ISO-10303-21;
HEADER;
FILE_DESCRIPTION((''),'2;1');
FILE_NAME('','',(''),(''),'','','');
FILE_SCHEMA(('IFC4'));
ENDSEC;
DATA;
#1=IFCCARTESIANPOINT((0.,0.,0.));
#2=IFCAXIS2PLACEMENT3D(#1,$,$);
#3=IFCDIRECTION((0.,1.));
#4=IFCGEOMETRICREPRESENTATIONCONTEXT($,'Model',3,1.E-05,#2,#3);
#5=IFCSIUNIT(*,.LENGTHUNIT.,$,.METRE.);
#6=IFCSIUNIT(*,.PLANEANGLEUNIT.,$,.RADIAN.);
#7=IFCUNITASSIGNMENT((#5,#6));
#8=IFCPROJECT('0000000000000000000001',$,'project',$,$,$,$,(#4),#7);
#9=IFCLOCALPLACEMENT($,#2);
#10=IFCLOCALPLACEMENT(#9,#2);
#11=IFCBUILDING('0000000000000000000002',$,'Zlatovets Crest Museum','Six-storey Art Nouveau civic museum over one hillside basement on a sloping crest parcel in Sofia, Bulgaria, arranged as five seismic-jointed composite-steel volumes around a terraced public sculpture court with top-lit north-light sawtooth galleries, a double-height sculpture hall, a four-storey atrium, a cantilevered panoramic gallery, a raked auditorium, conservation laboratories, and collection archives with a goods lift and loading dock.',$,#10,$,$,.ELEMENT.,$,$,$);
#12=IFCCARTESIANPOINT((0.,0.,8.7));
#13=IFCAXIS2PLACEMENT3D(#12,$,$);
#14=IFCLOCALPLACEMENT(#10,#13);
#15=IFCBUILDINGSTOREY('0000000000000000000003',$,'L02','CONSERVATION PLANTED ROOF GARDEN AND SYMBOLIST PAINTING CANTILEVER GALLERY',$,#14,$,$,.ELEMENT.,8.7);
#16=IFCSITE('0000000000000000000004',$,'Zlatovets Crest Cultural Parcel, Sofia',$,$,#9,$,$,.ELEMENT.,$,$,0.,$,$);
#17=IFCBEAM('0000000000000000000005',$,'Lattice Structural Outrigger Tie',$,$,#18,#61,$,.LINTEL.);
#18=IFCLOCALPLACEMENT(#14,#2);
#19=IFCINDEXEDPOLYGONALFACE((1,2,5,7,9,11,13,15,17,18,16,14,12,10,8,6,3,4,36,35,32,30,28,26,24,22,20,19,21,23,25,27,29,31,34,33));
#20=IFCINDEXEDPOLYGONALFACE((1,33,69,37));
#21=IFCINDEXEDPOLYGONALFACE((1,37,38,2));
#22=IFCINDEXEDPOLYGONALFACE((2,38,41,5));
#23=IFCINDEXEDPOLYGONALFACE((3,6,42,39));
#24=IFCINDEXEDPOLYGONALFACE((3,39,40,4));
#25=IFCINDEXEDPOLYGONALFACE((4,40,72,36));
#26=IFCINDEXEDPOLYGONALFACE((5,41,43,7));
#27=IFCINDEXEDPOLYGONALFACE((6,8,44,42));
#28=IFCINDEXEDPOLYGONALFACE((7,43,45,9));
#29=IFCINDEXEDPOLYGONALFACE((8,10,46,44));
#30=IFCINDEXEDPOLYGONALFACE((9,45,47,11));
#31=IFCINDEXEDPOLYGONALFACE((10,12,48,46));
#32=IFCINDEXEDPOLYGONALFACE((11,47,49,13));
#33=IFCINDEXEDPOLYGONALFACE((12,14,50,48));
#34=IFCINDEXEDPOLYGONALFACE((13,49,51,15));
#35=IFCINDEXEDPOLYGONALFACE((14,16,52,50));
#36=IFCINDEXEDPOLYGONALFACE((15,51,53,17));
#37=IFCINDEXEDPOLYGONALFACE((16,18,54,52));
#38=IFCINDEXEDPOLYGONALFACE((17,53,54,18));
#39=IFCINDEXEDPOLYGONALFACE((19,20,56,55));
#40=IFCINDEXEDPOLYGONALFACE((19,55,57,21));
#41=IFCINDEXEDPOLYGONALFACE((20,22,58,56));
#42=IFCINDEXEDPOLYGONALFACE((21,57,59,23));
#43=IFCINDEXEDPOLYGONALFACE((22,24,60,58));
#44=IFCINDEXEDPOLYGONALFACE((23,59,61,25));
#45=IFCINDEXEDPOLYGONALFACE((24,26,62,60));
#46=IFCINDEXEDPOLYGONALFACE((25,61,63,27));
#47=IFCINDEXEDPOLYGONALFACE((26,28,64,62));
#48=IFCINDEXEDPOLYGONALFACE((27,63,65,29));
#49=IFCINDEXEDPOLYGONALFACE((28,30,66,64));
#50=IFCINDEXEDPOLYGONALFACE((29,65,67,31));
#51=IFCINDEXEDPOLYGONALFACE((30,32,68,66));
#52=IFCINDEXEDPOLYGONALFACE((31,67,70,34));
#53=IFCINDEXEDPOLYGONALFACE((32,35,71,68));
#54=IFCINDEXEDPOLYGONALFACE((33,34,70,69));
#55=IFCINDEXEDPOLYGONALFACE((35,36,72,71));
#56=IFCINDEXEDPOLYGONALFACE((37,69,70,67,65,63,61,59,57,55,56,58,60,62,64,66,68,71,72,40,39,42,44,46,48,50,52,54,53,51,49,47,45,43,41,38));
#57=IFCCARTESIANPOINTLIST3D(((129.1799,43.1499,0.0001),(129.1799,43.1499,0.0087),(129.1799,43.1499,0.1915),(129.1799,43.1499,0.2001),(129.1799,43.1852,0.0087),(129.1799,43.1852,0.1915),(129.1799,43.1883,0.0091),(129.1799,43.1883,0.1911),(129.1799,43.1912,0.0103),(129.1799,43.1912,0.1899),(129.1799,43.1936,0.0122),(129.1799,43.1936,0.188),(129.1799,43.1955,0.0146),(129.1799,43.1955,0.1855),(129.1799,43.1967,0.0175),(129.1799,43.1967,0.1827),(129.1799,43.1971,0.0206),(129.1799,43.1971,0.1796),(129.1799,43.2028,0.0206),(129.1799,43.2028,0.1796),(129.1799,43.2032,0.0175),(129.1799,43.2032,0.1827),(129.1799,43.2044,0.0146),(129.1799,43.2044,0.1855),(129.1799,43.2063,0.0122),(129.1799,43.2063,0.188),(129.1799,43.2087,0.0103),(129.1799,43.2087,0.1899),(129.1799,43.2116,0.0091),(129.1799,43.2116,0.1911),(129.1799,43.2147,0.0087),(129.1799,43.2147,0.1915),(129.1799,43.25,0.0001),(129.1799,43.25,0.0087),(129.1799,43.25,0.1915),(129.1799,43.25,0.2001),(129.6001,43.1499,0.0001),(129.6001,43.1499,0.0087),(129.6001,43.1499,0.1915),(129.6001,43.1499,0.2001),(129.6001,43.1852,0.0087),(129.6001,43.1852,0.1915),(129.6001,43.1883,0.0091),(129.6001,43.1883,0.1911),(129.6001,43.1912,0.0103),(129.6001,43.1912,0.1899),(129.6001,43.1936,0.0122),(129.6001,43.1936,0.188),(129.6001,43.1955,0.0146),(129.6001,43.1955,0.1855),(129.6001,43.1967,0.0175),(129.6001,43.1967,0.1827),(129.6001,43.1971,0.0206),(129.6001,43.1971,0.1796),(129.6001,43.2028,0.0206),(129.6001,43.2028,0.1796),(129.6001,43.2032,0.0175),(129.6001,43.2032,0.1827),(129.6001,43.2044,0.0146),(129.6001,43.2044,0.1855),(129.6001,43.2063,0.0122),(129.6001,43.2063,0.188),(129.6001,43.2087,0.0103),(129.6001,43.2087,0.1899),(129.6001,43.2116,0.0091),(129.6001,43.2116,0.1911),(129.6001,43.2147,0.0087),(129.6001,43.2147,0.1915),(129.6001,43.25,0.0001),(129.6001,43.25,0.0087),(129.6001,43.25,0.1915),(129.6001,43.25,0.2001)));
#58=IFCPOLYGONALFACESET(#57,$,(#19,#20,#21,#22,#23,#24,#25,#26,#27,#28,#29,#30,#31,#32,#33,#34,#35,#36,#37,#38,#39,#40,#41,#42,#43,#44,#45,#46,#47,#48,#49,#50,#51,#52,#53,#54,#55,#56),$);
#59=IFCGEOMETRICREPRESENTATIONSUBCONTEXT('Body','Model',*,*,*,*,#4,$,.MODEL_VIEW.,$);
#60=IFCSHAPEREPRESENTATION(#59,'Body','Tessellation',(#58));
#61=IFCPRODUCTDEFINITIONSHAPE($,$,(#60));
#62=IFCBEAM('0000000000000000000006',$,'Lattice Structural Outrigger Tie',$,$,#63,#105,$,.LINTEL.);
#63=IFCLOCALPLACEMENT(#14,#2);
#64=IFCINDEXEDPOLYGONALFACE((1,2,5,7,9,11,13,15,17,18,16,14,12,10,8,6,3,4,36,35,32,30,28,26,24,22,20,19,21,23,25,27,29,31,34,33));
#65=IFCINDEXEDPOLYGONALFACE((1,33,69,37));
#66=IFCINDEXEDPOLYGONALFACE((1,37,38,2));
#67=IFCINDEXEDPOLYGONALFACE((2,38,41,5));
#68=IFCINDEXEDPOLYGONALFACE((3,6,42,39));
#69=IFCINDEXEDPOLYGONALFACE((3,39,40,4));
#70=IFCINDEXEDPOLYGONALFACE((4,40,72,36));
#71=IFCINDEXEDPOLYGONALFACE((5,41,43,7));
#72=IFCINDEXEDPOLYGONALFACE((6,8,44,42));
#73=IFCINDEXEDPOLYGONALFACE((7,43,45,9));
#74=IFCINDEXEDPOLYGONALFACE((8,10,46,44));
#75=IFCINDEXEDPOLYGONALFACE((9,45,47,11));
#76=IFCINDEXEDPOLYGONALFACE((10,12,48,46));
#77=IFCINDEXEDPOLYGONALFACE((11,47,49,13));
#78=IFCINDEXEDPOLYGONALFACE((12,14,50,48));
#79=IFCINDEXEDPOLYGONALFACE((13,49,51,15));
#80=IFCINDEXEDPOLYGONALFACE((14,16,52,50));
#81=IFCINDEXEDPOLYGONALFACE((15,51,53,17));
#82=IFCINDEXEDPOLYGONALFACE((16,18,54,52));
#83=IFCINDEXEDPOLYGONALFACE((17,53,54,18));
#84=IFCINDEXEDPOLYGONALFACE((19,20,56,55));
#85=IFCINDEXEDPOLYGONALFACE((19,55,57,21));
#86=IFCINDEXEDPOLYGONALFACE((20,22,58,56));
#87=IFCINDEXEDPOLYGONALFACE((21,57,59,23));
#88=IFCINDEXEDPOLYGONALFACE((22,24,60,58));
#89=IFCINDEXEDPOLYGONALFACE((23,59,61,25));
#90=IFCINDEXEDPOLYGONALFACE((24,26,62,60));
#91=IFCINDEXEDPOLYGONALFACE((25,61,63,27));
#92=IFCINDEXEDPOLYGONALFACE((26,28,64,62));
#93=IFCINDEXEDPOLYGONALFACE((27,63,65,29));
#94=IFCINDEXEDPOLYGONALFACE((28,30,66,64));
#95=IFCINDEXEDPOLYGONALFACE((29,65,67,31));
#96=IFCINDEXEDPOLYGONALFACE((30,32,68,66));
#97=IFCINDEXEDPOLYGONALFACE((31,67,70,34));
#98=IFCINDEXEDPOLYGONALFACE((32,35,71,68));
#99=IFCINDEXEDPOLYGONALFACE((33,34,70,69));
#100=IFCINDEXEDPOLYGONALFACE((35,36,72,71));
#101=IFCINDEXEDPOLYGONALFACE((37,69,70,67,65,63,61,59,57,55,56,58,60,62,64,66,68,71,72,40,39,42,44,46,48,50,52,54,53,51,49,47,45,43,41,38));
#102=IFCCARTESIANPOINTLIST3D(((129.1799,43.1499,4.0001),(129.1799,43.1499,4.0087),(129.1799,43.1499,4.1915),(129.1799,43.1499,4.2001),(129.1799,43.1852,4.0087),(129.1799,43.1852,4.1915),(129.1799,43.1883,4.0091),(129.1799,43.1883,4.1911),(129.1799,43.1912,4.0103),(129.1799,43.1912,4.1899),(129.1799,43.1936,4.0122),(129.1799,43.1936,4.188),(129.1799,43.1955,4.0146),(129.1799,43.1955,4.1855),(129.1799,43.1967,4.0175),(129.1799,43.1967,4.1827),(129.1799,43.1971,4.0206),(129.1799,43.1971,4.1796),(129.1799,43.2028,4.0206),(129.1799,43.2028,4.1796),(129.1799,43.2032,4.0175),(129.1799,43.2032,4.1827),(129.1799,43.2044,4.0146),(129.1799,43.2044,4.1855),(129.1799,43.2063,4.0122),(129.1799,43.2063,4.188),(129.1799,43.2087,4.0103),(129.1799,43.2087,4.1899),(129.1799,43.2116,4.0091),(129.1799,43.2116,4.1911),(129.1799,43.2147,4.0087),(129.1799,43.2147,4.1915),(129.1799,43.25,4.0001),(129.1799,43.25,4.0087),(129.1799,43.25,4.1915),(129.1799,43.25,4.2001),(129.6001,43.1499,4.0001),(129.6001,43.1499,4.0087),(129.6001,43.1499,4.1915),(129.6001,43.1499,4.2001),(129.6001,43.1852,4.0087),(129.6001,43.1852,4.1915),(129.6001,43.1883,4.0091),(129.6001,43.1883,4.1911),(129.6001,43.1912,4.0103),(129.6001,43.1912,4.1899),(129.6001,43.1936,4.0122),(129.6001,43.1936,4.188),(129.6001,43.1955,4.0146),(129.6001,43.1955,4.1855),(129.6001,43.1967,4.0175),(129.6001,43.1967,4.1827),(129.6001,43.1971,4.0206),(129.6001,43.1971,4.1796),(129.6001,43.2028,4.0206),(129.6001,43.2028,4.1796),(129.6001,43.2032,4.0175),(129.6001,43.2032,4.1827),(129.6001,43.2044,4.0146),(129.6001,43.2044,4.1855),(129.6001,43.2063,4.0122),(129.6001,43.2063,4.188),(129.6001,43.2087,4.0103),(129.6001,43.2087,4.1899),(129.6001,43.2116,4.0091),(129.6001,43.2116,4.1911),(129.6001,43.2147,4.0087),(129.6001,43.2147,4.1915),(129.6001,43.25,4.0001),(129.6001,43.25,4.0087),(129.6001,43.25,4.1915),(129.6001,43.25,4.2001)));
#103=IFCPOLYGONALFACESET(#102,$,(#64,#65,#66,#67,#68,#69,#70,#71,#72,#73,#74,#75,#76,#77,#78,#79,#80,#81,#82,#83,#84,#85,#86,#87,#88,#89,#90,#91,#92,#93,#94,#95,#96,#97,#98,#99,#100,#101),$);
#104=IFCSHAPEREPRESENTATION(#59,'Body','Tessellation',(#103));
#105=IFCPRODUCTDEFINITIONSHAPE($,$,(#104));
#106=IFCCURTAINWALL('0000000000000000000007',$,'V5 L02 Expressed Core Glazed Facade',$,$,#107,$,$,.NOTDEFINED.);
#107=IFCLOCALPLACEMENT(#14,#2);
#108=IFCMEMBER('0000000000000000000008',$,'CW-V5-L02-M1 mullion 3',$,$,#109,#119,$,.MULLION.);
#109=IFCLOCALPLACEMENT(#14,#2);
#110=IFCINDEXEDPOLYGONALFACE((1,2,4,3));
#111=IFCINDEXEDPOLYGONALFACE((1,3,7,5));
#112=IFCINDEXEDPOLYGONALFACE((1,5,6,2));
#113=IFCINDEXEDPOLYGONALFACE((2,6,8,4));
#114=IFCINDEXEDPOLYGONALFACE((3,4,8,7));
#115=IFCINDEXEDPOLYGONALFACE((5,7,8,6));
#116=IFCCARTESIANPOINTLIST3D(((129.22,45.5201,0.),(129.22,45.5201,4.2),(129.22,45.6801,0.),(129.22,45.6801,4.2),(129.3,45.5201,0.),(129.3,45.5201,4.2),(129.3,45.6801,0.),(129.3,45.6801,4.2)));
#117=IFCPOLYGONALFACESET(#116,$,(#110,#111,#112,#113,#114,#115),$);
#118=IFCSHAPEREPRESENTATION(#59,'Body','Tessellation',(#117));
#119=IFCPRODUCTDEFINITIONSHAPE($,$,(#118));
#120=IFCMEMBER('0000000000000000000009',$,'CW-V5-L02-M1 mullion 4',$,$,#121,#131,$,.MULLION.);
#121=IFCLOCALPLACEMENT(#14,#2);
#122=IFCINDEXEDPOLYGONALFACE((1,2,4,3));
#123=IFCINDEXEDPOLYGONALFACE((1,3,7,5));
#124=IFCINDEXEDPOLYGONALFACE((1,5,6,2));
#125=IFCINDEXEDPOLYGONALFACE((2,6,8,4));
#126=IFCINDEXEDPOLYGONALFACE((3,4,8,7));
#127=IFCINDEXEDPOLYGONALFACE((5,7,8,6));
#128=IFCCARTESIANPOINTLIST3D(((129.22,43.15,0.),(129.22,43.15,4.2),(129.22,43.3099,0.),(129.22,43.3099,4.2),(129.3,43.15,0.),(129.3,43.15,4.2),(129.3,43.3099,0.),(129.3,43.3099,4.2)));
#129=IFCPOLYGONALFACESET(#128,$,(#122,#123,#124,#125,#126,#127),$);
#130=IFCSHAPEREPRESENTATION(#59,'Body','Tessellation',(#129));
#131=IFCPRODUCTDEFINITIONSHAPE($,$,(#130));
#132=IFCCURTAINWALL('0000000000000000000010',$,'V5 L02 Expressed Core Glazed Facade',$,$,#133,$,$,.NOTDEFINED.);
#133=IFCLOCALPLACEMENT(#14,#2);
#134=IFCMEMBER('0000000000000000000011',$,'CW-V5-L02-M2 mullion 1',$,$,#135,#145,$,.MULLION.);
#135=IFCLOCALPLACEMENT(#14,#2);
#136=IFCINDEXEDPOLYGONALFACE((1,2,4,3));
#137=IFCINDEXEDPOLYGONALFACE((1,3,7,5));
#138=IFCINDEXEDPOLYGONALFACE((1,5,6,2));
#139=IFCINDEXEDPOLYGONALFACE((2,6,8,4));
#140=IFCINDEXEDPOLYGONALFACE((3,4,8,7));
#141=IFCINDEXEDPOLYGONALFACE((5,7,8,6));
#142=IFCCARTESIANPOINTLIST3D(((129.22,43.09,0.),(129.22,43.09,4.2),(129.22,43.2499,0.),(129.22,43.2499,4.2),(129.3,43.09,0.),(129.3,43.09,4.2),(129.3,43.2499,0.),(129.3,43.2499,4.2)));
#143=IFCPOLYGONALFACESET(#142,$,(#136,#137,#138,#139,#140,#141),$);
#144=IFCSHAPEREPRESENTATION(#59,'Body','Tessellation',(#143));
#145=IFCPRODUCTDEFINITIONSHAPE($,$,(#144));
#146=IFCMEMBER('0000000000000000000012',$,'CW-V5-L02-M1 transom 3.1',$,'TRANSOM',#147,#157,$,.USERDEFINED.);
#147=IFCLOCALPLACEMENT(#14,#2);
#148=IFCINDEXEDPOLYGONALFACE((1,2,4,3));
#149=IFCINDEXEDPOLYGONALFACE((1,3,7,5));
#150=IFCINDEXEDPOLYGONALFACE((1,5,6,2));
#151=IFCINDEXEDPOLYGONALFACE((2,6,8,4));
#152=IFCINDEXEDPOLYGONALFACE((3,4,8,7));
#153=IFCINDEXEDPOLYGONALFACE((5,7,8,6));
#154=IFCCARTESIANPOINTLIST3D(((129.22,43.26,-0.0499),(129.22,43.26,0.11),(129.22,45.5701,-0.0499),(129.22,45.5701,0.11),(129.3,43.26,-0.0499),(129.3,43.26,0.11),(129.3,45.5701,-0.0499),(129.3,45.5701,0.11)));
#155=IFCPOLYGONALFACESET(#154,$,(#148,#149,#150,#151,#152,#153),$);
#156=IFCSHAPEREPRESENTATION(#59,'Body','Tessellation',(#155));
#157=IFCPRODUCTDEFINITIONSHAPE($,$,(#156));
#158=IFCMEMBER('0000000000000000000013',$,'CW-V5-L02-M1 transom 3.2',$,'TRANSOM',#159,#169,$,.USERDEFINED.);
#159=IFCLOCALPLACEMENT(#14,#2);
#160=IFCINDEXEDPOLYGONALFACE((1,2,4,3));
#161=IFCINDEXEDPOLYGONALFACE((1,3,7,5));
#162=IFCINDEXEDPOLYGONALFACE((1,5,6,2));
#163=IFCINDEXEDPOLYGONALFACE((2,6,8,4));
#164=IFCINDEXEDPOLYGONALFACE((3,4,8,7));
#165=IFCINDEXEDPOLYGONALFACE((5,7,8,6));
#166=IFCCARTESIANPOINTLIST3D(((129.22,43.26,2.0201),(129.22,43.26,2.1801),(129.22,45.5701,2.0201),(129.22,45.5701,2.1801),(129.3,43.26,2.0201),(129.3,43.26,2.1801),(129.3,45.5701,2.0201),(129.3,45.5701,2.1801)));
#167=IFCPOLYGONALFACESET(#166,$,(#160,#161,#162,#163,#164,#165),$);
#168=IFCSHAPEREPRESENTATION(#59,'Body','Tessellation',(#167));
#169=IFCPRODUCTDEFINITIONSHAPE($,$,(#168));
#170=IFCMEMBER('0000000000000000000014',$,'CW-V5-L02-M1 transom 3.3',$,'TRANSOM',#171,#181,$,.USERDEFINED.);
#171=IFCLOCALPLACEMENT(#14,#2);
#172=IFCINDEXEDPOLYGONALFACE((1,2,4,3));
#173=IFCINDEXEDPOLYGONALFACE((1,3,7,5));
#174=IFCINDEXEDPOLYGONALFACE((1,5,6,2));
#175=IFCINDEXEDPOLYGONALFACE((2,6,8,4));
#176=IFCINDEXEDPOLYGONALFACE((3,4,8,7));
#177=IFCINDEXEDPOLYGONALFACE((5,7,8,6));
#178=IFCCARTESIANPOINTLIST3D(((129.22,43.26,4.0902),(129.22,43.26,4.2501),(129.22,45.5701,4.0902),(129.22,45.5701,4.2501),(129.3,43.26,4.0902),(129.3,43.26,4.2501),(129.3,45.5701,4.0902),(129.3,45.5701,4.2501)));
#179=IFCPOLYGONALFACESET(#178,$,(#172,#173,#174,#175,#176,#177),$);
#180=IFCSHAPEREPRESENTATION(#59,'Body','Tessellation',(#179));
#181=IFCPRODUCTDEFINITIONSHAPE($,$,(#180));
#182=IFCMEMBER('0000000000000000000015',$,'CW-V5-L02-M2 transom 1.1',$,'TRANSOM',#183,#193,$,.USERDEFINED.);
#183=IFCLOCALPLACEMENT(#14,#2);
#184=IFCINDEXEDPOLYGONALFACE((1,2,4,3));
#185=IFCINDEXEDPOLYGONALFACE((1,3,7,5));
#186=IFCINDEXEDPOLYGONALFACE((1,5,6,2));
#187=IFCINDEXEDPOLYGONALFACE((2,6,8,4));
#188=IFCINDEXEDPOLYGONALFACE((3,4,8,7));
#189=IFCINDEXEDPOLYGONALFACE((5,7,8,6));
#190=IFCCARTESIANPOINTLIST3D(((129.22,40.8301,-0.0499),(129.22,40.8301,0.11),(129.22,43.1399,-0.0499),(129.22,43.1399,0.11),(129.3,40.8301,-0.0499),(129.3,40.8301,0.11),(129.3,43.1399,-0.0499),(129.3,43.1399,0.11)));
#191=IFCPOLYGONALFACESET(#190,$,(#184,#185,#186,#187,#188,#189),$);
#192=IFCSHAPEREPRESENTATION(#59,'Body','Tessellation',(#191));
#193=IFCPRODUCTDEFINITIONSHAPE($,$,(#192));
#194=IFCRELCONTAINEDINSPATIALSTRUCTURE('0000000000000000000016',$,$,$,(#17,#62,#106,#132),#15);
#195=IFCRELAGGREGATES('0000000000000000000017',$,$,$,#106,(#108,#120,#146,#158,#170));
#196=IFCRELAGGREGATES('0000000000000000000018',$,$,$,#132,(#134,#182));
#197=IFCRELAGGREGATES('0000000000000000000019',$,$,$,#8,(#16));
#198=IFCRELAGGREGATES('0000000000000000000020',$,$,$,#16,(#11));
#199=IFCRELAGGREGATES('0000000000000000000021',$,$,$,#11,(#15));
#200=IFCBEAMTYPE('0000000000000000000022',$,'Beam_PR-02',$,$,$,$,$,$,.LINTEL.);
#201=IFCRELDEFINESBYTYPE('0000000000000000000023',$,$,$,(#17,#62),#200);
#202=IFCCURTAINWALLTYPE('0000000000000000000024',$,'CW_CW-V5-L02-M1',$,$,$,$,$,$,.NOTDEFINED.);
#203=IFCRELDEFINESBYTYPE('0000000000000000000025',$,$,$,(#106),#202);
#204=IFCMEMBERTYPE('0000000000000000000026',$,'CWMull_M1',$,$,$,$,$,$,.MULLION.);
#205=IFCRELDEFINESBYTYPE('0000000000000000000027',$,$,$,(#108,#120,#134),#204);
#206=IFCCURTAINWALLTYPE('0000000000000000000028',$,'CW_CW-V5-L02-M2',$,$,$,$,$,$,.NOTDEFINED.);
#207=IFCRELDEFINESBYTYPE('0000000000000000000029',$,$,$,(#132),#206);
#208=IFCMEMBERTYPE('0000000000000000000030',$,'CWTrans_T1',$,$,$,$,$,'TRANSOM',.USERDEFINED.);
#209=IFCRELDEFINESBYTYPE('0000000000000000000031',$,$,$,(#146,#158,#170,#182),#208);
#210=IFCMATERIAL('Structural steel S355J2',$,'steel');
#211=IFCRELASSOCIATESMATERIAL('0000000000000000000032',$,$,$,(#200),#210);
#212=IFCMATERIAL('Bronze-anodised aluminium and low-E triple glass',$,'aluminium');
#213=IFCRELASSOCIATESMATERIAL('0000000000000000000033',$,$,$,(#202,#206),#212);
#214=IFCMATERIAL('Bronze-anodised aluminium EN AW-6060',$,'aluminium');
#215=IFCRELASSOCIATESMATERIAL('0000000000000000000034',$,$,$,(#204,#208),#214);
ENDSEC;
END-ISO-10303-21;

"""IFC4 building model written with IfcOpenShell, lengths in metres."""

from ifc_helpers import new_model, si_unit, direction, frame, origin, origin_2d, place, context, subcontext, project, spatial, rectangle, i_section, extrude, material, material_profile, profile_set, type_object, element, aggregate, save


model = new_model("IFC4")

# Units and contexts
model_context = context("Model", 3, precision=1e-05, world=origin(), true_north=direction((0.0, 1.0)))
body_context = subcontext(model_context, "Body", "Model", "MODEL_VIEW")
ifc_project = project(units=[si_unit("LENGTHUNIT", "METRE"), si_unit("PLANEANGLEUNIT", "RADIAN")], contexts=[model_context])

# Site, building, storey
site_placement = place(None, origin())
site = spatial("IfcSite", under=ifc_project, at=site_placement, Name="Zlatovets Crest Cultural Parcel, Sofia", CompositionType="ELEMENT", RefElevation=0.0)
building_placement = place(site_placement, origin())
building = spatial("IfcBuilding", under=site, at=building_placement, Name="Zlatovets Crest Museum", Description="Six-storey Art Nouveau civic museum over one hillside basement on a sloping crest parcel in Sofia, Bulgaria, arranged as five seismic-jointed composite-steel volumes around a terraced public sculpture court with top-lit north-light sawtooth galleries, a double-height sculpture hall, a four-storey atrium, a cantilevered panoramic gallery, a raked auditorium, conservation laboratories, and collection archives with a goods lift and loading dock.", CompositionType="ELEMENT")
storey_placement = place(building_placement, frame((0.0, 0.0, 8.7)))
storey = spatial("IfcBuildingStorey", under=building, at=storey_placement, Name="L02", Description="CONSERVATION PLANTED ROOF GARDEN AND SYMBOLIST PAINTING CANTILEVER GALLERY", CompositionType="ELEMENT", Elevation=8.7)

# Shared definitions
ifc_material_1 = material(Name="Structural steel S355J2", Category="steel")

# Beams
ifc_material_profile_1 = material_profile(ifc_material_1, i_section(OverallWidth=0.1001, OverallDepth=0.2, WebThickness=0.0056, FlangeThickness=0.0085, FilletRadius=0.012, at=origin_2d()), Name="IPE 200")
ifc_profile_set_1 = profile_set([ifc_material_profile_1], Name="Structural steel S355J2")
beam_type_1 = type_object("IfcBeamType", Name="Beam_PR-02", PredefinedType="LINTEL", material=ifc_profile_set_1)
for number, where, z_axis, x_axis, name in (
    (1, (129.6001, 43.2, 0.1001), (-1.0, 0.0, 0.0), (0.0, -1.0, 0.0), "Lattice Structural Outrigger Tie"),
    (2, (129.6001, 43.2, 4.1001), (-1.0, 0.0, 0.0), (0.0, -1.0, 0.0), "Lattice Structural Outrigger Tie"),
):
    element("IfcBeam", number, at=place(storey_placement, frame(where, z_axis=z_axis, x_axis=x_axis)), inside=storey, type_object=beam_type_1, Name=name, PredefinedType="LINTEL", context=body_context, shape_type="SweptSolid", body=[
        extrude(i_section(OverallWidth=0.1001, OverallDepth=0.2, WebThickness=0.0056, FlangeThickness=0.0085, FilletRadius=0.012, at=origin_2d()), origin(), (0.0, 0.0, 1.0), 0.4202),
    ])

# Curtain wall, members
ifc_material_2 = material(Name="Bronze-anodised aluminium and low-E triple glass", Category="aluminium")
curtain_wall_type_1 = type_object("IfcCurtainWallType", Name="CW_CW-V5-L02-M1", PredefinedType="NOTDEFINED", material=ifc_material_2)
curtain_wall_1_placement = place(storey_placement, origin())
curtain_wall_1 = element("IfcCurtainWall", 3, at=curtain_wall_1_placement, inside=storey, type_object=curtain_wall_type_1, Name="V5 L02 Expressed Core Glazed Facade", PredefinedType="NOTDEFINED")
ifc_material_3 = material(Name="Bronze-anodised aluminium EN AW-6060", Category="aluminium")
ifc_material_profile_2 = material_profile(ifc_material_3, rectangle(XDim=0.0801, YDim=0.1599, at=origin_2d()), Name="ALU 80x160")
ifc_profile_set_2 = profile_set([ifc_material_profile_2], Name="Bronze-anodised aluminium EN AW-6060")
member_type_1 = type_object("IfcMemberType", Name="CWMull_M1", PredefinedType="MULLION", material=ifc_profile_set_2)
member_1_placement = place(storey_placement, frame((129.26, 45.6001, 0.0), z_axis=(0.0, 0.0, 1.0), x_axis=(1.0, 0.0, 0.0)))
member_1 = element("IfcMember", 4, at=member_1_placement, type_object=member_type_1, Name="CW-V5-L02-M1 mullion 3", PredefinedType="MULLION", context=body_context, shape_type="SweptSolid", body=[
    extrude(rectangle(XDim=0.0801, YDim=0.1599, at=origin_2d()), origin(), (0.0, 0.0, 1.0), 4.2),
])
member_2_placement = place(storey_placement, frame((129.26, 43.23, 0.0), z_axis=(0.0, 0.0, 1.0), x_axis=(1.0, 0.0, 0.0)))
member_2 = element("IfcMember", 5, at=member_2_placement, type_object=member_type_1, Name="CW-V5-L02-M1 mullion 4", PredefinedType="MULLION", context=body_context, shape_type="SweptSolid", body=[
    extrude(rectangle(XDim=0.0801, YDim=0.1599, at=origin_2d()), origin(), (0.0, 0.0, 1.0), 4.2),
])

# Curtain wall, member
curtain_wall_type_2 = type_object("IfcCurtainWallType", Name="CW_CW-V5-L02-M2", PredefinedType="NOTDEFINED", material=ifc_material_2)
curtain_wall_2_placement = place(storey_placement, origin())
curtain_wall_2 = element("IfcCurtainWall", 6, at=curtain_wall_2_placement, inside=storey, type_object=curtain_wall_type_2, Name="V5 L02 Expressed Core Glazed Facade", PredefinedType="NOTDEFINED")
member_3_placement = place(storey_placement, frame((129.26, 43.1699, 0.0), z_axis=(0.0, 0.0, 1.0), x_axis=(1.0, 0.0, 0.0)))
member_3 = element("IfcMember", 7, at=member_3_placement, type_object=member_type_1, Name="CW-V5-L02-M2 mullion 1", PredefinedType="MULLION", context=body_context, shape_type="SweptSolid", body=[
    extrude(rectangle(XDim=0.0801, YDim=0.1599, at=origin_2d()), origin(), (0.0, 0.0, 1.0), 4.2),
])

# Members
ifc_material_profile_3 = material_profile(ifc_material_3, rectangle(XDim=0.0801, YDim=0.1599, at=origin_2d()), Name="ALU 80x160")
ifc_profile_set_3 = profile_set([ifc_material_profile_3], Name="Bronze-anodised aluminium EN AW-6060")
member_type_2 = type_object("IfcMemberType", Name="CWTrans_T1", ElementType="TRANSOM", PredefinedType="USERDEFINED", material=ifc_profile_set_3)
member_4_placement = place(storey_placement, frame((129.26, 45.5701, 0.03), z_axis=(0.0, -1.0, 0.0), x_axis=(1.0, 0.0, 0.0)))
member_4 = element("IfcMember", 8, at=member_4_placement, type_object=member_type_2, Name="CW-V5-L02-M1 transom 3.1", ObjectType="TRANSOM", PredefinedType="USERDEFINED", context=body_context, shape_type="SweptSolid", body=[
    extrude(rectangle(XDim=0.0801, YDim=0.1599, at=origin_2d()), origin(), (0.0, 0.0, 1.0), 2.3101),
])
member_5_placement = place(storey_placement, frame((129.26, 45.5701, 2.1001), z_axis=(0.0, -1.0, 0.0), x_axis=(1.0, 0.0, 0.0)))
member_5 = element("IfcMember", 9, at=member_5_placement, type_object=member_type_2, Name="CW-V5-L02-M1 transom 3.2", ObjectType="TRANSOM", PredefinedType="USERDEFINED", context=body_context, shape_type="SweptSolid", body=[
    extrude(rectangle(XDim=0.0801, YDim=0.1599, at=origin_2d()), origin(), (0.0, 0.0, 1.0), 2.3101),
])
member_6_placement = place(storey_placement, frame((129.26, 45.5701, 4.1702), z_axis=(0.0, -1.0, 0.0), x_axis=(1.0, 0.0, 0.0)))
member_6 = element("IfcMember", 10, at=member_6_placement, type_object=member_type_2, Name="CW-V5-L02-M1 transom 3.3", ObjectType="TRANSOM", PredefinedType="USERDEFINED", context=body_context, shape_type="SweptSolid", body=[
    extrude(rectangle(XDim=0.0801, YDim=0.1599, at=origin_2d()), origin(), (0.0, 0.0, 1.0), 2.3101),
])
member_7_placement = place(storey_placement, frame((129.26, 43.1399, 0.03), z_axis=(0.0, -1.0, 0.0), x_axis=(1.0, 0.0, 0.0)))
member_7 = element("IfcMember", 11, at=member_7_placement, type_object=member_type_2, Name="CW-V5-L02-M2 transom 1.1", ObjectType="TRANSOM", PredefinedType="USERDEFINED", context=body_context, shape_type="SweptSolid", body=[
    extrude(rectangle(XDim=0.0801, YDim=0.1599, at=origin_2d()), origin(), (0.0, 0.0, 1.0), 2.3098),
])

aggregate(curtain_wall_1, [member_1, member_2, member_4, member_5, member_6])
aggregate(curtain_wall_2, [member_3, member_7])

save(model, "model.ifc")
